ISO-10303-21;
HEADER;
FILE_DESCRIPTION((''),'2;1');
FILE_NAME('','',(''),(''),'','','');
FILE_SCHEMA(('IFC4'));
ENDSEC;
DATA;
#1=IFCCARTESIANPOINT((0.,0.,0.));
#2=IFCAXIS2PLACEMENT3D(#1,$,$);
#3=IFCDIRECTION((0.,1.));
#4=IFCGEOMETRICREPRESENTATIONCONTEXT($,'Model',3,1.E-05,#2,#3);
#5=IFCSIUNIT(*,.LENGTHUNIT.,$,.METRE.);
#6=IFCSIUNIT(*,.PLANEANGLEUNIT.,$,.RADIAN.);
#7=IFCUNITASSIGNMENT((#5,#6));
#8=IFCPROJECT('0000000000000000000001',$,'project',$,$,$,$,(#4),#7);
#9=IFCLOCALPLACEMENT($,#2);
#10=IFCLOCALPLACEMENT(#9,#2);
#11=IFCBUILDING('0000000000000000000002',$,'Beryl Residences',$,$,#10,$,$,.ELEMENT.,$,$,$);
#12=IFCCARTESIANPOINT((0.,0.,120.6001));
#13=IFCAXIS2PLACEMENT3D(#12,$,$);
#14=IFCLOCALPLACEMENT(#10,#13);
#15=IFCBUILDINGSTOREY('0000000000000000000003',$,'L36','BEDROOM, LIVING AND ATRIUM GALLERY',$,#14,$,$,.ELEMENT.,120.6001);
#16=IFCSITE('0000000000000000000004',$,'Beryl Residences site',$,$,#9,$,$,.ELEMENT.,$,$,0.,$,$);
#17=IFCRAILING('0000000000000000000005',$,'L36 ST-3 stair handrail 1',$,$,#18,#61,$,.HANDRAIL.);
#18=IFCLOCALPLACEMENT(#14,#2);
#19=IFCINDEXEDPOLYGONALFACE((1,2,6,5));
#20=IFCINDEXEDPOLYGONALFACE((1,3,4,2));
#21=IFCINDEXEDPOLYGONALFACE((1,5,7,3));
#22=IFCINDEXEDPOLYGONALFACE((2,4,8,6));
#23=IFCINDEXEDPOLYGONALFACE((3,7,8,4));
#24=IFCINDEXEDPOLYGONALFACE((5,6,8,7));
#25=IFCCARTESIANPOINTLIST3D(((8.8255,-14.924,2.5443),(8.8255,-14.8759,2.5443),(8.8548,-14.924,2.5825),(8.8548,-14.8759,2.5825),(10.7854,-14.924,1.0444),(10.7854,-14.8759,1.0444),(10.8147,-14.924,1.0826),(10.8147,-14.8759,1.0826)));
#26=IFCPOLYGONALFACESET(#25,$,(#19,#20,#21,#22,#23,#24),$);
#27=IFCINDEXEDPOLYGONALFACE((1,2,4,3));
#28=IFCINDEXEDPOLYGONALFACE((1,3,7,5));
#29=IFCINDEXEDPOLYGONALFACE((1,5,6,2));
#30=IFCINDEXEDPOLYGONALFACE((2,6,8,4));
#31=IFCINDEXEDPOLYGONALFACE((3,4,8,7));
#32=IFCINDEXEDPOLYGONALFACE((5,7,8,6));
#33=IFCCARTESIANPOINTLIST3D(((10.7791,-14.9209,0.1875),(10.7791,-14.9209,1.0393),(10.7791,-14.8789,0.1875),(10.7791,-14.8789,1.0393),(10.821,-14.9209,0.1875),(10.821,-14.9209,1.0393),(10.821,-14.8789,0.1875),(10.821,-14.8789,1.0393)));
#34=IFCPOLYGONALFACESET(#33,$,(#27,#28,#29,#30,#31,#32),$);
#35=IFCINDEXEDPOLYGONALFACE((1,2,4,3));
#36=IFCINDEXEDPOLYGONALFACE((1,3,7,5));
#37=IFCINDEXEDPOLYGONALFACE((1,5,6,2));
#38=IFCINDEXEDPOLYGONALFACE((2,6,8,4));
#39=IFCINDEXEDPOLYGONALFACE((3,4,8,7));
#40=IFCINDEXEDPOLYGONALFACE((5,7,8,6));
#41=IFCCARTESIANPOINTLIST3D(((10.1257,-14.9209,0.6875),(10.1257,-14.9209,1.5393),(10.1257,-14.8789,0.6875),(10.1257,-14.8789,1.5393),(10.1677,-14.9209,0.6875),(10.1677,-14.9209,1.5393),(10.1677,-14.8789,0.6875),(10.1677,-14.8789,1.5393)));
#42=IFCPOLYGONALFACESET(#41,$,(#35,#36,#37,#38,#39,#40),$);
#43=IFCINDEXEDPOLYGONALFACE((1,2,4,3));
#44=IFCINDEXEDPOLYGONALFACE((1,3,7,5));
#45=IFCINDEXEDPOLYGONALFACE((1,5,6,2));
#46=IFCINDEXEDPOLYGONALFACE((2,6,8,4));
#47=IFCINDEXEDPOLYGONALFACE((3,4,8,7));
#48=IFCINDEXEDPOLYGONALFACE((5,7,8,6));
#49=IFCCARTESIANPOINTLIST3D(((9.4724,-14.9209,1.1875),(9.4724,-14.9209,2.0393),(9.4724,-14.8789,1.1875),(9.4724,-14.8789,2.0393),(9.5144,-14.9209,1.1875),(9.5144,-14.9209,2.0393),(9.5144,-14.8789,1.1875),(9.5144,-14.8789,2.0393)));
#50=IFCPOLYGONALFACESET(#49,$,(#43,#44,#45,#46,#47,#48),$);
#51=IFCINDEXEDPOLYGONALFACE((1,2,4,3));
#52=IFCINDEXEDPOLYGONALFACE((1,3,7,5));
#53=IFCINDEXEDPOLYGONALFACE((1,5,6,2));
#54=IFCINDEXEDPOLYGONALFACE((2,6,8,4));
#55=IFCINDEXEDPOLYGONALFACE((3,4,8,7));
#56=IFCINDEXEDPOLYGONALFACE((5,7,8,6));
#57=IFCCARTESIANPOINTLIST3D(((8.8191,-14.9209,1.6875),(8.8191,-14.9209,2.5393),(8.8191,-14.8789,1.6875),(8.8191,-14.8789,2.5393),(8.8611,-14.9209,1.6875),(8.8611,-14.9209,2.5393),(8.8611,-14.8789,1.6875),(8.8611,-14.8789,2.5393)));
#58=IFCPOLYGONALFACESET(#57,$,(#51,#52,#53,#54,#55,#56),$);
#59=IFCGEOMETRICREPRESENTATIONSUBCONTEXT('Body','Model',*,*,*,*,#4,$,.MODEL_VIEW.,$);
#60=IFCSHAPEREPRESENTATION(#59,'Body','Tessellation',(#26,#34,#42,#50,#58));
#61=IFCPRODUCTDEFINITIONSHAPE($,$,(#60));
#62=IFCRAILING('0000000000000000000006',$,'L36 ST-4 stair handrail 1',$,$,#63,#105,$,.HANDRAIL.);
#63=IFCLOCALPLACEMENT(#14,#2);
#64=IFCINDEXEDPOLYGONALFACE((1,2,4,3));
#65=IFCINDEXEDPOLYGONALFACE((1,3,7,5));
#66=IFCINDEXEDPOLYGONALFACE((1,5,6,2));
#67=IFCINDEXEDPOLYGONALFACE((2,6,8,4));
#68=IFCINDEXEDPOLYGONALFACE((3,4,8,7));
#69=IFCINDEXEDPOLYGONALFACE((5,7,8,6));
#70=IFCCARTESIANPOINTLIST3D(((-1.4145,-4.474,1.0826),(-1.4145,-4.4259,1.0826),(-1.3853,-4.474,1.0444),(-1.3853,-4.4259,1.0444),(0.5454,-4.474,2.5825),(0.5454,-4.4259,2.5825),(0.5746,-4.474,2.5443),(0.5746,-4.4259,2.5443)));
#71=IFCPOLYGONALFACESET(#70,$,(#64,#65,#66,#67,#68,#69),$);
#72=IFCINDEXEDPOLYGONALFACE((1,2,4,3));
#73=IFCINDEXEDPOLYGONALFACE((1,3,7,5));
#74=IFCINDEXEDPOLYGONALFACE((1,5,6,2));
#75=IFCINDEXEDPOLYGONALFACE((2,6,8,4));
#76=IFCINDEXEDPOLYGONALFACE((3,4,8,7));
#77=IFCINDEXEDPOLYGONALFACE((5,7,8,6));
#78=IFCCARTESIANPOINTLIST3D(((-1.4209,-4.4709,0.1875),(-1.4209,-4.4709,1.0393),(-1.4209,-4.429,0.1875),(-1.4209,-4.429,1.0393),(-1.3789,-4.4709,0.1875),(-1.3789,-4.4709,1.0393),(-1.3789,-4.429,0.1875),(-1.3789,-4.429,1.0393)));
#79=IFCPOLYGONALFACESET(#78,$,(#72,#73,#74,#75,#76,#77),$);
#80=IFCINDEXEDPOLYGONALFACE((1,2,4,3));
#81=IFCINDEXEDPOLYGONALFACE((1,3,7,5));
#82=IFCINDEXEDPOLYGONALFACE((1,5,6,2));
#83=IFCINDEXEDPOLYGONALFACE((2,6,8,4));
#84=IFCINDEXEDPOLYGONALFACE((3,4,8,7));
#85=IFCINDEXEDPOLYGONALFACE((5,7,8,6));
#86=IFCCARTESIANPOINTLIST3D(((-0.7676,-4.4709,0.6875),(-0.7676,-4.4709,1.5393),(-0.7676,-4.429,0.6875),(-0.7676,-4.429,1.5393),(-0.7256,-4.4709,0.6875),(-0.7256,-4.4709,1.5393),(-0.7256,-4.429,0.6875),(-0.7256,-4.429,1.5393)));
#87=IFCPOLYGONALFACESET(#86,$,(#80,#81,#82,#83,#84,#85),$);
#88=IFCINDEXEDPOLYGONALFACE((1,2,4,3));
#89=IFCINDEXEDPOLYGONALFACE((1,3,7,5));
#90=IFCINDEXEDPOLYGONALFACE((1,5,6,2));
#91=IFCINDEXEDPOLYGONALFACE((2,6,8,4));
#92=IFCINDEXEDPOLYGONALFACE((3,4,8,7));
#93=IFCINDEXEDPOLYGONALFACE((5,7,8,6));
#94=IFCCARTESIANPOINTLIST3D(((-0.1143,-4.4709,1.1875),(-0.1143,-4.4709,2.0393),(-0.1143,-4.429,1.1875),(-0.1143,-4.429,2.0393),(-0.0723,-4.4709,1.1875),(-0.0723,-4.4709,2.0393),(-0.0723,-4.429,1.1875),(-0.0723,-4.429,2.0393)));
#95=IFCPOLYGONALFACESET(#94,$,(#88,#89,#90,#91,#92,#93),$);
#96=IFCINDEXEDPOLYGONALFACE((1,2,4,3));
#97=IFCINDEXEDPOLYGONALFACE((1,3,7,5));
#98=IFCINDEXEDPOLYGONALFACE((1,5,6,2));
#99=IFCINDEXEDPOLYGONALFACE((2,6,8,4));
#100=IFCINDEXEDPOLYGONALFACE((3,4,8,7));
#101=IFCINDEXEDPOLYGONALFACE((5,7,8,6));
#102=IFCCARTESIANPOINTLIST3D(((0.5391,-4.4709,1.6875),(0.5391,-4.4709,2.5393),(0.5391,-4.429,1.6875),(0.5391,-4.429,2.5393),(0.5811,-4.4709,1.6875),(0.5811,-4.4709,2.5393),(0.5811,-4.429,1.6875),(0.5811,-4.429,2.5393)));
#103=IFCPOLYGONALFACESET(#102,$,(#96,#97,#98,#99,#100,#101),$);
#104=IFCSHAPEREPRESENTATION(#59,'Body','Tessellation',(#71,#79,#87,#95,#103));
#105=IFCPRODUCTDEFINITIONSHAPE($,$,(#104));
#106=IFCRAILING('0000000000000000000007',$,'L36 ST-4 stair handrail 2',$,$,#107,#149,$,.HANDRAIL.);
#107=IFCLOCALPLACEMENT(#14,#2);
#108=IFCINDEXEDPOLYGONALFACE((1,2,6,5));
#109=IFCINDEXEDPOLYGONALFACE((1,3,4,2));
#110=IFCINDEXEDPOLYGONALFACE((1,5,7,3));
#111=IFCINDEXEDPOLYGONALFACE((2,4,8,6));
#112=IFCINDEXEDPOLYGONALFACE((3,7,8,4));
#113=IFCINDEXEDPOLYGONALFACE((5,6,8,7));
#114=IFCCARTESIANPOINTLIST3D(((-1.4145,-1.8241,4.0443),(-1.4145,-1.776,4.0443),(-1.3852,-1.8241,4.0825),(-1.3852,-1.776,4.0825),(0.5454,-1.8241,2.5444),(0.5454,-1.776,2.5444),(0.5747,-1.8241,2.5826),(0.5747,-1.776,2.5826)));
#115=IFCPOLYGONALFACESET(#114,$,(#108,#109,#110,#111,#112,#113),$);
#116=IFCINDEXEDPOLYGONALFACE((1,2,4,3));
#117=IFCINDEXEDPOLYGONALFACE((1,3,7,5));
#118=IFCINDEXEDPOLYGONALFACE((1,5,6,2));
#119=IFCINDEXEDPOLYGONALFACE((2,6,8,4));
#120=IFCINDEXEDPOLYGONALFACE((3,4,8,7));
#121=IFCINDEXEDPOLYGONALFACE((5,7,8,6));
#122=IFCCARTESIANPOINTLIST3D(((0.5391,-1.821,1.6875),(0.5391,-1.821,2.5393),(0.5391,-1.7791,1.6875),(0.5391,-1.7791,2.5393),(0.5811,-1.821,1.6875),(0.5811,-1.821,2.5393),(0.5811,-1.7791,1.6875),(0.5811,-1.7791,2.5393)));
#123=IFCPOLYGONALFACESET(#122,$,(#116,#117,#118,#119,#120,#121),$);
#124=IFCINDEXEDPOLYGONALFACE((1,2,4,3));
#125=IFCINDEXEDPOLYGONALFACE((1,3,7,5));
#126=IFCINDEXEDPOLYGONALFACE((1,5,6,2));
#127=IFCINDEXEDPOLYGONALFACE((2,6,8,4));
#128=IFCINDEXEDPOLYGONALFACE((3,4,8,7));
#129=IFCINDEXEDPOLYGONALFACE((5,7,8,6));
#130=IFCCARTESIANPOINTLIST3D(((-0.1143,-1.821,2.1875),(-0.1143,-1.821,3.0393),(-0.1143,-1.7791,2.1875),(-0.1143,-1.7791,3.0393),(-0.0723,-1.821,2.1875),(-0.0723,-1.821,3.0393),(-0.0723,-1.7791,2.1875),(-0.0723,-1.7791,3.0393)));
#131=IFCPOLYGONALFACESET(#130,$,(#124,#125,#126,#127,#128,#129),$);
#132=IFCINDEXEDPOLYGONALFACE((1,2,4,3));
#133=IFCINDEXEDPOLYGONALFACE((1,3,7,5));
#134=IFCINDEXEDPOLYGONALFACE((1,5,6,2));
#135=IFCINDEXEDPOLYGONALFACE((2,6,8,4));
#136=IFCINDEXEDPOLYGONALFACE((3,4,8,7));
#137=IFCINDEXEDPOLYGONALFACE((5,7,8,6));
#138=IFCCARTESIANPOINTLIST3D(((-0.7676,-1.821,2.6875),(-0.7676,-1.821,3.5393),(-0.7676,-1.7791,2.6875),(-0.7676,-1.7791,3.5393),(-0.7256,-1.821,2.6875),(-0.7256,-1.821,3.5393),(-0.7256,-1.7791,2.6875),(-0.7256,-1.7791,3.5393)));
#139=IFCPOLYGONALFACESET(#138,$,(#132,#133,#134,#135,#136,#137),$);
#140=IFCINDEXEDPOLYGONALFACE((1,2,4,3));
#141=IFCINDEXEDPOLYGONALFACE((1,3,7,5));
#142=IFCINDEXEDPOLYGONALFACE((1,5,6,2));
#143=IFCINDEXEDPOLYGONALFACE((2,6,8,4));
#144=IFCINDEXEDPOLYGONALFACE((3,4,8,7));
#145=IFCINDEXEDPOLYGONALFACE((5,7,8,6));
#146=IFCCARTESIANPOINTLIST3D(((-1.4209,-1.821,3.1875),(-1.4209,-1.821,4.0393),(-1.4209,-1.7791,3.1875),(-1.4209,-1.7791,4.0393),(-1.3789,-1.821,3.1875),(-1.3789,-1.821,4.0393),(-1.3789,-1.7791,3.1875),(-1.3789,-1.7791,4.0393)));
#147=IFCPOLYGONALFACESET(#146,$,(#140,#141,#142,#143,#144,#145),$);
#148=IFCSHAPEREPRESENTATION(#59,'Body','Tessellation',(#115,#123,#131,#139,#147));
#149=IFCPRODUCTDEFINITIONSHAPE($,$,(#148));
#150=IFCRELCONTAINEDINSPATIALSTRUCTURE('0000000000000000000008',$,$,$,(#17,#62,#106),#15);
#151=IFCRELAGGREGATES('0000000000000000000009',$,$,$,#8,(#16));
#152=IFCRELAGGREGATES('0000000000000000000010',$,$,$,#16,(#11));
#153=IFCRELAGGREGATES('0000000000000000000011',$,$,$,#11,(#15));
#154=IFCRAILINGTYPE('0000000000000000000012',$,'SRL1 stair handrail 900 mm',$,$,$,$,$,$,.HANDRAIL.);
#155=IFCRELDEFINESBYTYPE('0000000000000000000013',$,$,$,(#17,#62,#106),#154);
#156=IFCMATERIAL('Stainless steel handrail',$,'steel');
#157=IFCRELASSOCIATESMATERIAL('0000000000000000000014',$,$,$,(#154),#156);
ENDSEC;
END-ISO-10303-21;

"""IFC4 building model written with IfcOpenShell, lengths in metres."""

from ifc_helpers import new_model, si_unit, direction, frame, origin, origin_2d, place, context, subcontext, project, spatial, rectangle, extrude, material, type_object, element, save


model = new_model("IFC4")

# Units and contexts
model_context = context("Model", 3, precision=1e-05, world=origin(), true_north=direction((0.0, 1.0)))
body_context = subcontext(model_context, "Body", "Model", "MODEL_VIEW")
ifc_project = project(units=[si_unit("LENGTHUNIT", "METRE"), si_unit("PLANEANGLEUNIT", "RADIAN")], contexts=[model_context])

# Site, building, storey
site_placement = place(None, origin())
site = spatial("IfcSite", under=ifc_project, at=site_placement, Name="Beryl Residences site", CompositionType="ELEMENT", RefElevation=0.0)
building_placement = place(site_placement, origin())
building = spatial("IfcBuilding", under=site, at=building_placement, Name="Beryl Residences", CompositionType="ELEMENT")
storey_placement = place(building_placement, frame((0.0, 0.0, 120.6001)))
storey = spatial("IfcBuildingStorey", under=building, at=storey_placement, Name="L36", Description="BEDROOM, LIVING AND ATRIUM GALLERY", CompositionType="ELEMENT", Elevation=120.6001)

# Railings
ifc_material_1 = material(Name="Stainless steel handrail", Category="steel")
railing_type_1 = type_object("IfcRailingType", Name="SRL1 stair handrail 900 mm", PredefinedType="HANDRAIL", material=ifc_material_1)
railing_1_placement = place(storey_placement, frame((10.8, -14.8999, 0.1875)))
element("IfcRailing", 1, at=railing_1_placement, inside=storey, type_object=railing_type_1, Name="L36 ST-3 stair handrail 1", PredefinedType="HANDRAIL", context=body_context, shape_type="SweptSolid", body=[
    extrude(rectangle(XDim=0.0481, YDim=0.0481, at=origin_2d()), frame((0.0, 0.0, 0.876), z_axis=(-0.794122, 0.0, 0.607758), x_axis=(0.0, -1.0, 0.0)), (0.0, 0.0, 1.0), 2.468),
    extrude(rectangle(XDim=0.042, YDim=0.042, at=origin_2d()), origin(), (0.0, 0.0, 1.0), 0.8518),
    extrude(rectangle(XDim=0.042, YDim=0.042, at=origin_2d()), frame((-0.6533, 0.0, 0.5)), (0.0, 0.0, 1.0), 0.8518),
    extrude(rectangle(XDim=0.042, YDim=0.042, at=origin_2d()), frame((-1.3066, 0.0, 1.0)), (0.0, 0.0, 1.0), 0.8518),
    extrude(rectangle(XDim=0.042, YDim=0.042, at=origin_2d()), frame((-1.96, 0.0, 1.5)), (0.0, 0.0, 1.0), 0.8518),
])
railing_2_placement = place(storey_placement, frame((-1.3999, -4.45, 0.1875)))
element("IfcRailing", 2, at=railing_2_placement, inside=storey, type_object=railing_type_1, Name="L36 ST-4 stair handrail 1", PredefinedType="HANDRAIL", context=body_context, shape_type="SweptSolid", body=[
    extrude(rectangle(XDim=0.0481, YDim=0.0481, at=origin_2d()), frame((0.0, 0.0, 0.876), z_axis=(0.794122, 0.0, 0.607758), x_axis=(0.0, 1.0, 0.0)), (0.0, 0.0, 1.0), 2.468),
    extrude(rectangle(XDim=0.042, YDim=0.042, at=origin_2d()), origin(), (0.0, 0.0, 1.0), 0.8518),
    extrude(rectangle(XDim=0.042, YDim=0.042, at=origin_2d()), frame((0.6533, 0.0, 0.5)), (0.0, 0.0, 1.0), 0.8518),
    extrude(rectangle(XDim=0.042, YDim=0.042, at=origin_2d()), frame((1.3066, 0.0, 1.0)), (0.0, 0.0, 1.0), 0.8518),
    extrude(rectangle(XDim=0.042, YDim=0.042, at=origin_2d()), frame((1.96, 0.0, 1.5)), (0.0, 0.0, 1.0), 0.8518),
])
railing_3_placement = place(storey_placement, frame((0.5601, -1.8, 1.6875)))
element("IfcRailing", 3, at=railing_3_placement, inside=storey, type_object=railing_type_1, Name="L36 ST-4 stair handrail 2", PredefinedType="HANDRAIL", context=body_context, shape_type="SweptSolid", body=[
    extrude(rectangle(XDim=0.0481, YDim=0.0481, at=origin_2d()), frame((0.0, 0.0, 0.876), z_axis=(-0.794122, 0.0, 0.607758), x_axis=(0.0, -1.0, 0.0)), (0.0, 0.0, 1.0), 2.468),
    extrude(rectangle(XDim=0.042, YDim=0.042, at=origin_2d()), origin(), (0.0, 0.0, 1.0), 0.8518),
    extrude(rectangle(XDim=0.042, YDim=0.042, at=origin_2d()), frame((-0.6533, 0.0, 0.5)), (0.0, 0.0, 1.0), 0.8518),
    extrude(rectangle(XDim=0.042, YDim=0.042, at=origin_2d()), frame((-1.3066, 0.0, 1.0)), (0.0, 0.0, 1.0), 0.8518),
    extrude(rectangle(XDim=0.042, YDim=0.042, at=origin_2d()), frame((-1.96, 0.0, 1.5)), (0.0, 0.0, 1.0), 0.8518),
])

save(model, "model.ifc")
